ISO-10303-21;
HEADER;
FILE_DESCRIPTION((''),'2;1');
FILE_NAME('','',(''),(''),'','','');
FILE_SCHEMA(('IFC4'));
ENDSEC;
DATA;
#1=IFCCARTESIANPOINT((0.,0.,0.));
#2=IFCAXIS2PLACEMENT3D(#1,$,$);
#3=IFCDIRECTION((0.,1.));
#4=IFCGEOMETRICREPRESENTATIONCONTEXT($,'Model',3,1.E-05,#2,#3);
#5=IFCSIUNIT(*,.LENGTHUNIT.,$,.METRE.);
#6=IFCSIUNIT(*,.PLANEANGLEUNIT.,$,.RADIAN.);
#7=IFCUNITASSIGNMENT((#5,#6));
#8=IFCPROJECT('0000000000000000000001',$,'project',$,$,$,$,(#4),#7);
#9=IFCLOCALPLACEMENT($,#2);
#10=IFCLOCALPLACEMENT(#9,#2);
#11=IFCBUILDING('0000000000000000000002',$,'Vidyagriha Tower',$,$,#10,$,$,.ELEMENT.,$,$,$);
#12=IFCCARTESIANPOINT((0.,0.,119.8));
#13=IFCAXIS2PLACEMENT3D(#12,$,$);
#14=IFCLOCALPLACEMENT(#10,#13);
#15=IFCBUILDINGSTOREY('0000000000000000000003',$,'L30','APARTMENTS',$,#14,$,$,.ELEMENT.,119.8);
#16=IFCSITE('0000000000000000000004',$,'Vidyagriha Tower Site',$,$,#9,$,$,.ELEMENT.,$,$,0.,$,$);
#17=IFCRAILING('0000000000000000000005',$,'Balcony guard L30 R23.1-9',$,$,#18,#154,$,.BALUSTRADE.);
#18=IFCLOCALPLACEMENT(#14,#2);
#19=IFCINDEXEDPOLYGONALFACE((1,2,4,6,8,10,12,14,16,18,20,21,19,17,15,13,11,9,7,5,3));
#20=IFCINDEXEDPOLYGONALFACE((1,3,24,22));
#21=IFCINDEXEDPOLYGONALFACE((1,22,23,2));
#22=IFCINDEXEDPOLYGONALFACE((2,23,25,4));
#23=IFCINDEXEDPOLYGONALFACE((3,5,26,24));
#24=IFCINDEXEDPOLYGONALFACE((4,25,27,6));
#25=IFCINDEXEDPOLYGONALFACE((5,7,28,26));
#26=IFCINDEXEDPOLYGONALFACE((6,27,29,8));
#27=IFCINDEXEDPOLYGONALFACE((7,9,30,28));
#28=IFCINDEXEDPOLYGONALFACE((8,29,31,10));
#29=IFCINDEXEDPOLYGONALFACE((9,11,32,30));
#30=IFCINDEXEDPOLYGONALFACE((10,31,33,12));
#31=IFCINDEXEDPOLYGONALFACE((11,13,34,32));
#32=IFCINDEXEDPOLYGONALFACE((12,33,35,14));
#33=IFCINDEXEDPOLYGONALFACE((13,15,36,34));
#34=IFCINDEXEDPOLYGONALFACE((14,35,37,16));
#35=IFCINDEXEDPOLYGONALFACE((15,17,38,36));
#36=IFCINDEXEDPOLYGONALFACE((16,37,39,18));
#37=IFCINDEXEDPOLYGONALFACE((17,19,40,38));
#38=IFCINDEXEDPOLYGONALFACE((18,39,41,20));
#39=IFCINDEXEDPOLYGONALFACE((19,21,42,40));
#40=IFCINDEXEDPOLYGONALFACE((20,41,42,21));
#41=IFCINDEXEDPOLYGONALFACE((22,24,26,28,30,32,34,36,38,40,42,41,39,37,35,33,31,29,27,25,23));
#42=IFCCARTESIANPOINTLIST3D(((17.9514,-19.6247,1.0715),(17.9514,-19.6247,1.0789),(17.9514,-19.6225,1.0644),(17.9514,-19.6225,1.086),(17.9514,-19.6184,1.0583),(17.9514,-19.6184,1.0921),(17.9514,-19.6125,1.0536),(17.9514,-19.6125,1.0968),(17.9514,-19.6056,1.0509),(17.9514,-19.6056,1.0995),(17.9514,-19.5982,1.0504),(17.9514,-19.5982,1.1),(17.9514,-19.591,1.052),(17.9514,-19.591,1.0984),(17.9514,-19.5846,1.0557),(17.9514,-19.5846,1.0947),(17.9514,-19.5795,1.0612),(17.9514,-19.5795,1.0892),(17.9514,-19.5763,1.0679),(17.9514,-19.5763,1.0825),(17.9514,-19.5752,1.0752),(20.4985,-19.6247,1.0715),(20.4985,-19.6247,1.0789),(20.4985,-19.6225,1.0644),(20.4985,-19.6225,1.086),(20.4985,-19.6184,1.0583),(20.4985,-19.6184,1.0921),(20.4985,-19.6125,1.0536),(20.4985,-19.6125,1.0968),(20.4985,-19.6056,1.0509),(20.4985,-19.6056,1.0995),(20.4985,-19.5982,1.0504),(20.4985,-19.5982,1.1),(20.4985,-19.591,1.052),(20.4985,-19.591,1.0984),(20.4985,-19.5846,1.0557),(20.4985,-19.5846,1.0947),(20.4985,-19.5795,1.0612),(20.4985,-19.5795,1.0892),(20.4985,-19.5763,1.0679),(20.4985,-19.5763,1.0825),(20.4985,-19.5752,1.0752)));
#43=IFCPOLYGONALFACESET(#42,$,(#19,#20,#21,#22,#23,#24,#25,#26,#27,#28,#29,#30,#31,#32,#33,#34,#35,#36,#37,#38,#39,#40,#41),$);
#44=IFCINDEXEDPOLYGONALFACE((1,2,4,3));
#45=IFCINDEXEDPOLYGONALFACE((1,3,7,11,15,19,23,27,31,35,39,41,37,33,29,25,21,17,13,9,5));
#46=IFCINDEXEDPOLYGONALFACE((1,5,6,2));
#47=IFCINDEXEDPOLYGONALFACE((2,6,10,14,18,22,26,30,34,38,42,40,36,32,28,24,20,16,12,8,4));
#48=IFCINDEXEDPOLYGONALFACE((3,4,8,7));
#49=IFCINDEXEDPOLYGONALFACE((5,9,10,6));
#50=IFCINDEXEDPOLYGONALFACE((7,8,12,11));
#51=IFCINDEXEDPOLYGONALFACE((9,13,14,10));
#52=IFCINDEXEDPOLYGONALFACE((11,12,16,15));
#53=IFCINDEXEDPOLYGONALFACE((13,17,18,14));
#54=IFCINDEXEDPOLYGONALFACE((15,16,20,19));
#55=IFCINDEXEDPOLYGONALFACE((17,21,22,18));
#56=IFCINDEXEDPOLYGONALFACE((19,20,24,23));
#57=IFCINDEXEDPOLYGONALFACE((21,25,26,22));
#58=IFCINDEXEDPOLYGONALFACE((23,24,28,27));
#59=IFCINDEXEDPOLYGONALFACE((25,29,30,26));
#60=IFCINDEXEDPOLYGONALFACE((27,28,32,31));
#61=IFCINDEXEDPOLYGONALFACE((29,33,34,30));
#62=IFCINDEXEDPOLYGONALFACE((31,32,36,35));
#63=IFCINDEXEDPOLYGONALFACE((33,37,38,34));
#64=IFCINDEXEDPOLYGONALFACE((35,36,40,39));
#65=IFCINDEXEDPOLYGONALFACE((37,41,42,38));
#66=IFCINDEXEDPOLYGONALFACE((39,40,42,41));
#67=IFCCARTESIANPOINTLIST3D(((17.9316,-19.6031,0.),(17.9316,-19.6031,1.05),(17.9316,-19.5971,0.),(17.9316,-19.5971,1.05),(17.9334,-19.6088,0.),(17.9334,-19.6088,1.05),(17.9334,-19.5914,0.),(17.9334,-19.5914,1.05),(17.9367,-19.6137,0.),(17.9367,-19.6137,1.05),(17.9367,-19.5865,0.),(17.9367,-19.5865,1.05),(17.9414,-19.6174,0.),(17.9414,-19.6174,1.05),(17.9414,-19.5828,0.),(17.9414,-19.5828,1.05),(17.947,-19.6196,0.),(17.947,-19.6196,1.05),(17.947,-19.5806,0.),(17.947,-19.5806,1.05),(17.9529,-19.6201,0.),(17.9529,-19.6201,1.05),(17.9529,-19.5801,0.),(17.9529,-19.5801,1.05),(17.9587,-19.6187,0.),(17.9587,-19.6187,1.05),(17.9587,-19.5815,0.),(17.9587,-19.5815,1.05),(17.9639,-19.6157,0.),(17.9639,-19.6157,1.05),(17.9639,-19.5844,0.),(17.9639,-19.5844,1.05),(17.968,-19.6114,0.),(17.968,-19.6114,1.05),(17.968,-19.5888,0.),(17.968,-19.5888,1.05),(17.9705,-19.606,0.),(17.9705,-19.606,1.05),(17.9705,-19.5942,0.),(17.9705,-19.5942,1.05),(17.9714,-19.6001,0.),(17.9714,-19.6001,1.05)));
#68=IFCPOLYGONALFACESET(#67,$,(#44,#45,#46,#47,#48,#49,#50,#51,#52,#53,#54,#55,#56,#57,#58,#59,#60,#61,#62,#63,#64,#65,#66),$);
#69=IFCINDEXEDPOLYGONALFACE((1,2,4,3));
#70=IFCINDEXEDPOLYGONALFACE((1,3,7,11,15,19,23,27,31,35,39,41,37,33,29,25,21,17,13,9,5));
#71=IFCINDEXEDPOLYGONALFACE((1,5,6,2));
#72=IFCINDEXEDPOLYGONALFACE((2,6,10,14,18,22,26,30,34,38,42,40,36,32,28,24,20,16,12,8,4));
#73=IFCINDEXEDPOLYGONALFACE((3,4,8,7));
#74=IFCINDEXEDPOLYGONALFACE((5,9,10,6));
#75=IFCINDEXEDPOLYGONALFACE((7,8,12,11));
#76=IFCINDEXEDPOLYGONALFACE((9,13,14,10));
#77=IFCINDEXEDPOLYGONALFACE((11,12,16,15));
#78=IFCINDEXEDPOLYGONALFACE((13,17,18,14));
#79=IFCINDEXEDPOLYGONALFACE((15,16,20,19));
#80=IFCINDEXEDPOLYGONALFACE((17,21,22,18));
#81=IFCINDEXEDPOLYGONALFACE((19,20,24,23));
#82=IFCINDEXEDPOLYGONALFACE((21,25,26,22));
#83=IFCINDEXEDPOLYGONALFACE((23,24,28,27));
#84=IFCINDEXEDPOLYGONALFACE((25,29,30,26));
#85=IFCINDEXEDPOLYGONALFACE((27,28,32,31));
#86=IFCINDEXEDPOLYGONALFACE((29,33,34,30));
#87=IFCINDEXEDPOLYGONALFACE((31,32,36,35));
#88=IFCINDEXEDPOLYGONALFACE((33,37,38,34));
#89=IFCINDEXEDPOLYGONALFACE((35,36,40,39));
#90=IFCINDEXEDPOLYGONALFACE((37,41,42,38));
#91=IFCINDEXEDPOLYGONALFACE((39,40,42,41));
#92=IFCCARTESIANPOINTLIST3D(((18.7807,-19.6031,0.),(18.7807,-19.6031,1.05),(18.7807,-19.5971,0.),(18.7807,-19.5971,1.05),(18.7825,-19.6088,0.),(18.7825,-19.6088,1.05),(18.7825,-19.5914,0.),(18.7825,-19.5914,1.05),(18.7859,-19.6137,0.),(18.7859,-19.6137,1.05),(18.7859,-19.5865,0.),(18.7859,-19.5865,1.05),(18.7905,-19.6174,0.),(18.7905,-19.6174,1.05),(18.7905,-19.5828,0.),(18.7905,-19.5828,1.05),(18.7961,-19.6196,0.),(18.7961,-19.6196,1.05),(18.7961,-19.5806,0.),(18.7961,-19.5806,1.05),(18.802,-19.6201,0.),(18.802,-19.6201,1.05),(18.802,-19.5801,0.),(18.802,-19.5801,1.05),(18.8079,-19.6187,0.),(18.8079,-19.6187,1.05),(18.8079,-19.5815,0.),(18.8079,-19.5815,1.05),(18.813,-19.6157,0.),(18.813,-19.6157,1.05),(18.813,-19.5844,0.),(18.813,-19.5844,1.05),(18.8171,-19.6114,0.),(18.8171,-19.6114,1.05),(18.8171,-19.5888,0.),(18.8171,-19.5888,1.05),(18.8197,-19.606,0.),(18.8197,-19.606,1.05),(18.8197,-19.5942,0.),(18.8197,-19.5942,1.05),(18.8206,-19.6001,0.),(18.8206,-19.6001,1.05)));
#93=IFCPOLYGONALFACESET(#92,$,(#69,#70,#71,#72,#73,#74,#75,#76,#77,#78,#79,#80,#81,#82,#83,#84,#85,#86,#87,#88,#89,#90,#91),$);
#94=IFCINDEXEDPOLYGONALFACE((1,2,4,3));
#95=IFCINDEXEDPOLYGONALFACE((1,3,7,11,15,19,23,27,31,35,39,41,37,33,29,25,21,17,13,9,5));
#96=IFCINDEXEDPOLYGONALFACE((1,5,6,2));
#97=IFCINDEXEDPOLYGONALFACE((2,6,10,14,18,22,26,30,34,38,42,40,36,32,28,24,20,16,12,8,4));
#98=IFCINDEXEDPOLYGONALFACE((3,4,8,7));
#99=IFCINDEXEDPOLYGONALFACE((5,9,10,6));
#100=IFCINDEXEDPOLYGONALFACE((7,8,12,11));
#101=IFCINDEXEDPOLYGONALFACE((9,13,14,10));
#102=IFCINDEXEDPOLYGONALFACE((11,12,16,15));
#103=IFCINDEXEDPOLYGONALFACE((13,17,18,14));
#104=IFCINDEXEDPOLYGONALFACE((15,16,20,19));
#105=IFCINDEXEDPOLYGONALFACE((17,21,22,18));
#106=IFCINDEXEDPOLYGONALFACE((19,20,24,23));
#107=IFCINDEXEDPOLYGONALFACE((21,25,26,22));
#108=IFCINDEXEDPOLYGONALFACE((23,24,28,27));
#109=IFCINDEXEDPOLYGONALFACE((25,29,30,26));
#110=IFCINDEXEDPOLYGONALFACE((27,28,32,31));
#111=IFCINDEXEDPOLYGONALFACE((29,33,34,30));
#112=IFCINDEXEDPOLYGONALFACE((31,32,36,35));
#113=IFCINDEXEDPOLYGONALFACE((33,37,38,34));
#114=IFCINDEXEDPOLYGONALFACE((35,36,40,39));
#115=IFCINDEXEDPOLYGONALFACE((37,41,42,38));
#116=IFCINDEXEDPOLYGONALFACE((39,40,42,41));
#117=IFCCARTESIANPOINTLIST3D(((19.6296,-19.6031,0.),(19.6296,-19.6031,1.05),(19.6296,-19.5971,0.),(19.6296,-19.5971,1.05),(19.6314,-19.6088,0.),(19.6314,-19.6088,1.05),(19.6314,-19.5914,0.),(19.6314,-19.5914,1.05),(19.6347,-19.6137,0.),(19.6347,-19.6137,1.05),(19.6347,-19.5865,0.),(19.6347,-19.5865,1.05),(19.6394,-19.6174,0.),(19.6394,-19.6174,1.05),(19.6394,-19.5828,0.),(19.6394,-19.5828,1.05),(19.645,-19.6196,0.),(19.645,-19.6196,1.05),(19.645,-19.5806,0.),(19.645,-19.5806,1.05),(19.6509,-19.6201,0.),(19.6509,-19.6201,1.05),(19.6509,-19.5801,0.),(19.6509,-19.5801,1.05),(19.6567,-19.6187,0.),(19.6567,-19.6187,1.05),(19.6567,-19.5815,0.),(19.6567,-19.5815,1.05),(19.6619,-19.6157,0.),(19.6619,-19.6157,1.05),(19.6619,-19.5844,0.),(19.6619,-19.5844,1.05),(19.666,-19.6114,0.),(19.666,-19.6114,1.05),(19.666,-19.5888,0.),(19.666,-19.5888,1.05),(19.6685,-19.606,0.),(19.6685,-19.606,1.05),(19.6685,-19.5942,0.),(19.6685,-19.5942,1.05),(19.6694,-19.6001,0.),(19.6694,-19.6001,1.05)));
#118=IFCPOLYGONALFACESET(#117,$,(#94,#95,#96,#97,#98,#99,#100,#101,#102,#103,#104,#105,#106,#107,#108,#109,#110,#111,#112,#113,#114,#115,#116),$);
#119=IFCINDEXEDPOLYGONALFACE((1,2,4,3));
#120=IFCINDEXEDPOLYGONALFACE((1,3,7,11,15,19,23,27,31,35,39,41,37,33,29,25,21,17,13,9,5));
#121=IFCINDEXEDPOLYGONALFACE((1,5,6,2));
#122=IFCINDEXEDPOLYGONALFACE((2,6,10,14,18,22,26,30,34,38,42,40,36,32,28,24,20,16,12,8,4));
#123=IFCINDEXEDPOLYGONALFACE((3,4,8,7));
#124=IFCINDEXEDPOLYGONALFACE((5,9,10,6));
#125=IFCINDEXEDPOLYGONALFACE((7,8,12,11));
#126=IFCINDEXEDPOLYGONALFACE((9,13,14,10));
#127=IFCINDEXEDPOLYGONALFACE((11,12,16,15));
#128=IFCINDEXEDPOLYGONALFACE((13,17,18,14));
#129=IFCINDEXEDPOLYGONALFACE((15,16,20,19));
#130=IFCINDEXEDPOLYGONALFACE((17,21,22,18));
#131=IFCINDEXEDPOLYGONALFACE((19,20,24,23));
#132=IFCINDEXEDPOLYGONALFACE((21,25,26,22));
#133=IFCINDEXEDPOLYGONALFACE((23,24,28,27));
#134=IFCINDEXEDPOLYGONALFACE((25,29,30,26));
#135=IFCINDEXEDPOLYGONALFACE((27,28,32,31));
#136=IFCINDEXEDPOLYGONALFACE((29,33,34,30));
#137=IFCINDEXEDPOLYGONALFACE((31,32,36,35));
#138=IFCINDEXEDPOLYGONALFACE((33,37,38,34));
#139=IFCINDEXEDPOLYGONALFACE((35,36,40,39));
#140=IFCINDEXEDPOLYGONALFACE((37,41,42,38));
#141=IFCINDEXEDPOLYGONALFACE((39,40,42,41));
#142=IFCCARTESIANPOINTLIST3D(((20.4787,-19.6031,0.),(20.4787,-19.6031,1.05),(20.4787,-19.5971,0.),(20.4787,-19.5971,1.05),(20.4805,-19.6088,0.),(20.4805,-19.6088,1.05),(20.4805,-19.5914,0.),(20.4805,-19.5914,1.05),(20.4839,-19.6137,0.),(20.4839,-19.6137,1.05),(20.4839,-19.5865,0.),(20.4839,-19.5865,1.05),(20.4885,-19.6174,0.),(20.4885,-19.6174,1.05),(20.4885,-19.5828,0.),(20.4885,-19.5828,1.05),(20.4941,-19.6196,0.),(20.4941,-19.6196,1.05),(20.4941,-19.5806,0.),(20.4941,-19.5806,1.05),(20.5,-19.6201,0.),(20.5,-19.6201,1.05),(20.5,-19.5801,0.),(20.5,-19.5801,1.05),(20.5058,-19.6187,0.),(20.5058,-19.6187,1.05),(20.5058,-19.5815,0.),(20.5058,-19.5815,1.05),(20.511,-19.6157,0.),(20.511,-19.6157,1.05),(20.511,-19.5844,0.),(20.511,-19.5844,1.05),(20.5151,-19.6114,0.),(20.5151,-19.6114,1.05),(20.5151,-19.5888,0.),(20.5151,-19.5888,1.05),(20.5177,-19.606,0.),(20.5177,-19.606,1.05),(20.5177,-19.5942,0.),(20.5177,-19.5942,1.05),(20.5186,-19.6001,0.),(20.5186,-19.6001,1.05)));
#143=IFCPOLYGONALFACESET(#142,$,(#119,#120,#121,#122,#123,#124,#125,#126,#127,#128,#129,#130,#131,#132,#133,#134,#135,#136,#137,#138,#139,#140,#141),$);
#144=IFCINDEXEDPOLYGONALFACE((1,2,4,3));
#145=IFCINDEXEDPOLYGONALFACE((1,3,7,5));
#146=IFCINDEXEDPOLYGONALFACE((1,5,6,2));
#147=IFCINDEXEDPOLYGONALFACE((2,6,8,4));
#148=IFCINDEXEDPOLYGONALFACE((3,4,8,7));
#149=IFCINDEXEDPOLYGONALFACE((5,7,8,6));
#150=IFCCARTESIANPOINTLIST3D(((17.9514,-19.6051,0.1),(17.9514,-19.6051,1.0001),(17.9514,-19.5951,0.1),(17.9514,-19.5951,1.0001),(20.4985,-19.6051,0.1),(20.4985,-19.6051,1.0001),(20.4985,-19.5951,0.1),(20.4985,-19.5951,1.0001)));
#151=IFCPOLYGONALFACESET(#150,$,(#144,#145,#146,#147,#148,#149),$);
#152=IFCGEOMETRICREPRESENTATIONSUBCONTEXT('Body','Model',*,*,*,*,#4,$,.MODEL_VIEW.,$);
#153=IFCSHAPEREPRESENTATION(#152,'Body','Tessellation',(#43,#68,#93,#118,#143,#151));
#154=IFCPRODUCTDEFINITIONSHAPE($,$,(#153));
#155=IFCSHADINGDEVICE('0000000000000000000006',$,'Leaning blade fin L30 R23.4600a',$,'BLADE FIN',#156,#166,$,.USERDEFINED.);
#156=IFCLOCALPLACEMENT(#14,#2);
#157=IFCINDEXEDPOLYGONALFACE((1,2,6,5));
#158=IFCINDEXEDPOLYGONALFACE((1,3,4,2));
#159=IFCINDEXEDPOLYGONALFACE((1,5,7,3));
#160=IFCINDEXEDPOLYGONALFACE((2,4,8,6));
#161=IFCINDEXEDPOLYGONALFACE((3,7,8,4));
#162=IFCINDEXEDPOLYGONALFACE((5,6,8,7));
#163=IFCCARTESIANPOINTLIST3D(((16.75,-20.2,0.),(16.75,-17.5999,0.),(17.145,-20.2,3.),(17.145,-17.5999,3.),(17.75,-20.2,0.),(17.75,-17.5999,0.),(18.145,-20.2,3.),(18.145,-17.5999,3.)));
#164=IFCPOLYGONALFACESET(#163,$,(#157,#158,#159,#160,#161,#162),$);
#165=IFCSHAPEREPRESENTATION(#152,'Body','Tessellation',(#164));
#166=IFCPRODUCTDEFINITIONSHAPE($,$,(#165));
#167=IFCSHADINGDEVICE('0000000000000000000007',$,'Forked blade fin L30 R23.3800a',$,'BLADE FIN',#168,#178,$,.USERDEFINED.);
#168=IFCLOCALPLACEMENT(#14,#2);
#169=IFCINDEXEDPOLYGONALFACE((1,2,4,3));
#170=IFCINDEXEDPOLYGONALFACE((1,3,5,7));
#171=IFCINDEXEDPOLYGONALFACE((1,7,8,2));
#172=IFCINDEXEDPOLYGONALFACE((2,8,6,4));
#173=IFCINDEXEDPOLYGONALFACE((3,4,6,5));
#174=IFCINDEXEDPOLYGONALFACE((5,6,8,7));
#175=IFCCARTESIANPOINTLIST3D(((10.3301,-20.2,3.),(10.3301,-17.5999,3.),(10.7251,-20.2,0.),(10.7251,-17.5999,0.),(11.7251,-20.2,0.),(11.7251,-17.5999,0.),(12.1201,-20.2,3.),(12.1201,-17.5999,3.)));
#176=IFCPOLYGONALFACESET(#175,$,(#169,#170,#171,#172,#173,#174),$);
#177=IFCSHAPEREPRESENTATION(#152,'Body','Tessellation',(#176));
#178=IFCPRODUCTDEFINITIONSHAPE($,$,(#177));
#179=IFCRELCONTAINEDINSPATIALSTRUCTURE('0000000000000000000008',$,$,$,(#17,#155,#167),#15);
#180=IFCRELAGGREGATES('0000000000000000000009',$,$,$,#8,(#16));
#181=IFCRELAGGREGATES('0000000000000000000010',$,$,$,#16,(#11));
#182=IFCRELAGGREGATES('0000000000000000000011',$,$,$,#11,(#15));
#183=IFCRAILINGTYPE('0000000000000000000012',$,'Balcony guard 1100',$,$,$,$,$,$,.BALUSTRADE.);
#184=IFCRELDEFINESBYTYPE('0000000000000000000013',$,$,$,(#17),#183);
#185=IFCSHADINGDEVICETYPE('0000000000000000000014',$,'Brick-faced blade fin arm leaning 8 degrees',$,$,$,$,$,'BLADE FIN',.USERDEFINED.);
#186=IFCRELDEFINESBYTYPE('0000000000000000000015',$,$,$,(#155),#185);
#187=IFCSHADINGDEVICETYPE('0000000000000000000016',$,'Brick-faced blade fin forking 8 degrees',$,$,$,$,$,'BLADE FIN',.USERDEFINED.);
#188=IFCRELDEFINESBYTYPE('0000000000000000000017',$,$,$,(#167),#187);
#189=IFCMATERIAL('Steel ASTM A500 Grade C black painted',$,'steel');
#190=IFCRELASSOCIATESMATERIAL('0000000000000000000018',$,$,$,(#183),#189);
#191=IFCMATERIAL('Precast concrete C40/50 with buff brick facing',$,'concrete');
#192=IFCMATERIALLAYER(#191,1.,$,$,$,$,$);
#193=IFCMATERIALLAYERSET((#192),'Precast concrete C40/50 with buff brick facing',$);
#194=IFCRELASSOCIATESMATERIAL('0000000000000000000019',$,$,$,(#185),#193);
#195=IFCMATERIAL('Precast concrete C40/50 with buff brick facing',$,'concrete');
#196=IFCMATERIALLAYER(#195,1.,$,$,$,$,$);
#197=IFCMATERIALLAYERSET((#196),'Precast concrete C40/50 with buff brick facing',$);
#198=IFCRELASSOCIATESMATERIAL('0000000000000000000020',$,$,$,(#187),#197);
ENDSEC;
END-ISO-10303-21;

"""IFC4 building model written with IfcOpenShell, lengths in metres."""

from ifc_helpers import new_model, si_unit, direction, frame, origin, origin_2d, place, context, subcontext, project, spatial, polyline, rectangle, circle, outline, extrude, material, layer, layer_set, type_object, element, save


model = new_model("IFC4")

# Units and contexts
model_context = context("Model", 3, precision=1e-05, world=origin(), true_north=direction((0.0, 1.0)))
body_context = subcontext(model_context, "Body", "Model", "MODEL_VIEW")
ifc_project = project(units=[si_unit("LENGTHUNIT", "METRE"), si_unit("PLANEANGLEUNIT", "RADIAN")], contexts=[model_context])

# Site, building, storey
site_placement = place(None, origin())
site = spatial("IfcSite", under=ifc_project, at=site_placement, Name="Vidyagriha Tower Site", CompositionType="ELEMENT", RefElevation=0.0)
building_placement = place(site_placement, origin())
building = spatial("IfcBuilding", under=site, at=building_placement, Name="Vidyagriha Tower", CompositionType="ELEMENT")
storey_placement = place(building_placement, frame((0.0, 0.0, 119.8)))
storey = spatial("IfcBuildingStorey", under=building, at=storey_placement, Name="L30", Description="APARTMENTS", CompositionType="ELEMENT", Elevation=119.8)

# Railing
ifc_material_1 = material(Name="Steel ASTM A500 Grade C black painted", Category="steel")
railing_type = type_object("IfcRailingType", Name="Balcony guard 1100", PredefinedType="BALUSTRADE", material=ifc_material_1)
railing_1_placement = place(storey_placement, frame((17.9514, -19.6001, 0.0)))
element("IfcRailing", 1, at=railing_1_placement, inside=storey, type_object=railing_type, Name="Balcony guard L30 R23.1-9", PredefinedType="BALUSTRADE", context=body_context, shape_type="SweptSolid", body=[
    extrude(circle(Radius=0.0249, at=origin_2d()), frame((0.0, 0.0, 1.0752), z_axis=(1.0, 0.0, 0.0), x_axis=(0.0, 1.0, 0.0)), (0.0, 0.0, 1.0), 2.5471),
    extrude(circle(Radius=0.02, at=origin_2d()), origin(), (0.0, 0.0, 1.0), 1.05),
    extrude(circle(Radius=0.02, at=origin_2d()), frame((0.8491, 0.0, 0.0)), (0.0, 0.0, 1.0), 1.05),
    extrude(circle(Radius=0.02, at=origin_2d()), frame((1.698, 0.0, 0.0)), (0.0, 0.0, 1.0), 1.05),
    extrude(circle(Radius=0.02, at=origin_2d()), frame((2.5471, 0.0, 0.0)), (0.0, 0.0, 1.0), 1.05),
    extrude(rectangle(XDim=0.01, YDim=0.9001, at=origin_2d()), frame((0.0, 0.0, 0.55), z_axis=(1.0, 0.0, 0.0), x_axis=(0.0, 1.0, 0.0)), (0.0, 0.0, 1.0), 2.5471),
])

# Shading devices
ifc_material_2 = material(Name="Precast concrete C40/50 with buff brick facing", Category="concrete")
ifc_layer_1 = layer(ifc_material_2, 1.0)
ifc_layer_set_1 = layer_set([ifc_layer_1], Name="Precast concrete C40/50 with buff brick facing")
shading_device_type_1 = type_object("IfcShadingDeviceType", Name="Brick-faced blade fin arm leaning 8 degrees", ElementType="BLADE FIN", PredefinedType="USERDEFINED", material=ifc_layer_set_1)
shading_device_1_placement = place(storey_placement, frame((16.75, -18.8999, 0.0)))
element("IfcShadingDevice", 2, at=shading_device_1_placement, inside=storey, type_object=shading_device_type_1, Name="Leaning blade fin L30 R23.4600a", ObjectType="BLADE FIN", PredefinedType="USERDEFINED", context=body_context, shape_type="SweptSolid", body=[
    extrude(outline(polyline([(0.0, 0.0), (1.0, 0.0), (1.395, 3.0), (0.395, 3.0), (0.0, 0.0)])), frame((0.0, 1.3, 0.0), z_axis=(0.0, -1.0, 0.0), x_axis=(1.0, 0.0, 0.0)), (0.0, 0.0, 1.0), 2.6001),
])
ifc_material_3 = material(Name="Precast concrete C40/50 with buff brick facing", Category="concrete")
ifc_layer_2 = layer(ifc_material_3, 1.0)
ifc_layer_set_2 = layer_set([ifc_layer_2], Name="Precast concrete C40/50 with buff brick facing")
shading_device_type_2 = type_object("IfcShadingDeviceType", Name="Brick-faced blade fin forking 8 degrees", ElementType="BLADE FIN", PredefinedType="USERDEFINED", material=ifc_layer_set_2)
shading_device_2_placement = place(storey_placement, frame((10.3301, -18.8999, 0.0)))
element("IfcShadingDevice", 3, at=shading_device_2_placement, inside=storey, type_object=shading_device_type_2, Name="Forked blade fin L30 R23.3800a", ObjectType="BLADE FIN", PredefinedType="USERDEFINED", context=body_context, shape_type="SweptSolid", body=[
    extrude(outline(polyline([(0.395, 0.0), (1.395, 0.0), (1.79, 3.0), (0.0, 3.0), (0.395, 0.0)])), frame((0.0, 1.3, 0.0), z_axis=(0.0, -1.0, 0.0), x_axis=(1.0, 0.0, 0.0)), (0.0, 0.0, 1.0), 2.6001),
])

save(model, "model.ifc")
